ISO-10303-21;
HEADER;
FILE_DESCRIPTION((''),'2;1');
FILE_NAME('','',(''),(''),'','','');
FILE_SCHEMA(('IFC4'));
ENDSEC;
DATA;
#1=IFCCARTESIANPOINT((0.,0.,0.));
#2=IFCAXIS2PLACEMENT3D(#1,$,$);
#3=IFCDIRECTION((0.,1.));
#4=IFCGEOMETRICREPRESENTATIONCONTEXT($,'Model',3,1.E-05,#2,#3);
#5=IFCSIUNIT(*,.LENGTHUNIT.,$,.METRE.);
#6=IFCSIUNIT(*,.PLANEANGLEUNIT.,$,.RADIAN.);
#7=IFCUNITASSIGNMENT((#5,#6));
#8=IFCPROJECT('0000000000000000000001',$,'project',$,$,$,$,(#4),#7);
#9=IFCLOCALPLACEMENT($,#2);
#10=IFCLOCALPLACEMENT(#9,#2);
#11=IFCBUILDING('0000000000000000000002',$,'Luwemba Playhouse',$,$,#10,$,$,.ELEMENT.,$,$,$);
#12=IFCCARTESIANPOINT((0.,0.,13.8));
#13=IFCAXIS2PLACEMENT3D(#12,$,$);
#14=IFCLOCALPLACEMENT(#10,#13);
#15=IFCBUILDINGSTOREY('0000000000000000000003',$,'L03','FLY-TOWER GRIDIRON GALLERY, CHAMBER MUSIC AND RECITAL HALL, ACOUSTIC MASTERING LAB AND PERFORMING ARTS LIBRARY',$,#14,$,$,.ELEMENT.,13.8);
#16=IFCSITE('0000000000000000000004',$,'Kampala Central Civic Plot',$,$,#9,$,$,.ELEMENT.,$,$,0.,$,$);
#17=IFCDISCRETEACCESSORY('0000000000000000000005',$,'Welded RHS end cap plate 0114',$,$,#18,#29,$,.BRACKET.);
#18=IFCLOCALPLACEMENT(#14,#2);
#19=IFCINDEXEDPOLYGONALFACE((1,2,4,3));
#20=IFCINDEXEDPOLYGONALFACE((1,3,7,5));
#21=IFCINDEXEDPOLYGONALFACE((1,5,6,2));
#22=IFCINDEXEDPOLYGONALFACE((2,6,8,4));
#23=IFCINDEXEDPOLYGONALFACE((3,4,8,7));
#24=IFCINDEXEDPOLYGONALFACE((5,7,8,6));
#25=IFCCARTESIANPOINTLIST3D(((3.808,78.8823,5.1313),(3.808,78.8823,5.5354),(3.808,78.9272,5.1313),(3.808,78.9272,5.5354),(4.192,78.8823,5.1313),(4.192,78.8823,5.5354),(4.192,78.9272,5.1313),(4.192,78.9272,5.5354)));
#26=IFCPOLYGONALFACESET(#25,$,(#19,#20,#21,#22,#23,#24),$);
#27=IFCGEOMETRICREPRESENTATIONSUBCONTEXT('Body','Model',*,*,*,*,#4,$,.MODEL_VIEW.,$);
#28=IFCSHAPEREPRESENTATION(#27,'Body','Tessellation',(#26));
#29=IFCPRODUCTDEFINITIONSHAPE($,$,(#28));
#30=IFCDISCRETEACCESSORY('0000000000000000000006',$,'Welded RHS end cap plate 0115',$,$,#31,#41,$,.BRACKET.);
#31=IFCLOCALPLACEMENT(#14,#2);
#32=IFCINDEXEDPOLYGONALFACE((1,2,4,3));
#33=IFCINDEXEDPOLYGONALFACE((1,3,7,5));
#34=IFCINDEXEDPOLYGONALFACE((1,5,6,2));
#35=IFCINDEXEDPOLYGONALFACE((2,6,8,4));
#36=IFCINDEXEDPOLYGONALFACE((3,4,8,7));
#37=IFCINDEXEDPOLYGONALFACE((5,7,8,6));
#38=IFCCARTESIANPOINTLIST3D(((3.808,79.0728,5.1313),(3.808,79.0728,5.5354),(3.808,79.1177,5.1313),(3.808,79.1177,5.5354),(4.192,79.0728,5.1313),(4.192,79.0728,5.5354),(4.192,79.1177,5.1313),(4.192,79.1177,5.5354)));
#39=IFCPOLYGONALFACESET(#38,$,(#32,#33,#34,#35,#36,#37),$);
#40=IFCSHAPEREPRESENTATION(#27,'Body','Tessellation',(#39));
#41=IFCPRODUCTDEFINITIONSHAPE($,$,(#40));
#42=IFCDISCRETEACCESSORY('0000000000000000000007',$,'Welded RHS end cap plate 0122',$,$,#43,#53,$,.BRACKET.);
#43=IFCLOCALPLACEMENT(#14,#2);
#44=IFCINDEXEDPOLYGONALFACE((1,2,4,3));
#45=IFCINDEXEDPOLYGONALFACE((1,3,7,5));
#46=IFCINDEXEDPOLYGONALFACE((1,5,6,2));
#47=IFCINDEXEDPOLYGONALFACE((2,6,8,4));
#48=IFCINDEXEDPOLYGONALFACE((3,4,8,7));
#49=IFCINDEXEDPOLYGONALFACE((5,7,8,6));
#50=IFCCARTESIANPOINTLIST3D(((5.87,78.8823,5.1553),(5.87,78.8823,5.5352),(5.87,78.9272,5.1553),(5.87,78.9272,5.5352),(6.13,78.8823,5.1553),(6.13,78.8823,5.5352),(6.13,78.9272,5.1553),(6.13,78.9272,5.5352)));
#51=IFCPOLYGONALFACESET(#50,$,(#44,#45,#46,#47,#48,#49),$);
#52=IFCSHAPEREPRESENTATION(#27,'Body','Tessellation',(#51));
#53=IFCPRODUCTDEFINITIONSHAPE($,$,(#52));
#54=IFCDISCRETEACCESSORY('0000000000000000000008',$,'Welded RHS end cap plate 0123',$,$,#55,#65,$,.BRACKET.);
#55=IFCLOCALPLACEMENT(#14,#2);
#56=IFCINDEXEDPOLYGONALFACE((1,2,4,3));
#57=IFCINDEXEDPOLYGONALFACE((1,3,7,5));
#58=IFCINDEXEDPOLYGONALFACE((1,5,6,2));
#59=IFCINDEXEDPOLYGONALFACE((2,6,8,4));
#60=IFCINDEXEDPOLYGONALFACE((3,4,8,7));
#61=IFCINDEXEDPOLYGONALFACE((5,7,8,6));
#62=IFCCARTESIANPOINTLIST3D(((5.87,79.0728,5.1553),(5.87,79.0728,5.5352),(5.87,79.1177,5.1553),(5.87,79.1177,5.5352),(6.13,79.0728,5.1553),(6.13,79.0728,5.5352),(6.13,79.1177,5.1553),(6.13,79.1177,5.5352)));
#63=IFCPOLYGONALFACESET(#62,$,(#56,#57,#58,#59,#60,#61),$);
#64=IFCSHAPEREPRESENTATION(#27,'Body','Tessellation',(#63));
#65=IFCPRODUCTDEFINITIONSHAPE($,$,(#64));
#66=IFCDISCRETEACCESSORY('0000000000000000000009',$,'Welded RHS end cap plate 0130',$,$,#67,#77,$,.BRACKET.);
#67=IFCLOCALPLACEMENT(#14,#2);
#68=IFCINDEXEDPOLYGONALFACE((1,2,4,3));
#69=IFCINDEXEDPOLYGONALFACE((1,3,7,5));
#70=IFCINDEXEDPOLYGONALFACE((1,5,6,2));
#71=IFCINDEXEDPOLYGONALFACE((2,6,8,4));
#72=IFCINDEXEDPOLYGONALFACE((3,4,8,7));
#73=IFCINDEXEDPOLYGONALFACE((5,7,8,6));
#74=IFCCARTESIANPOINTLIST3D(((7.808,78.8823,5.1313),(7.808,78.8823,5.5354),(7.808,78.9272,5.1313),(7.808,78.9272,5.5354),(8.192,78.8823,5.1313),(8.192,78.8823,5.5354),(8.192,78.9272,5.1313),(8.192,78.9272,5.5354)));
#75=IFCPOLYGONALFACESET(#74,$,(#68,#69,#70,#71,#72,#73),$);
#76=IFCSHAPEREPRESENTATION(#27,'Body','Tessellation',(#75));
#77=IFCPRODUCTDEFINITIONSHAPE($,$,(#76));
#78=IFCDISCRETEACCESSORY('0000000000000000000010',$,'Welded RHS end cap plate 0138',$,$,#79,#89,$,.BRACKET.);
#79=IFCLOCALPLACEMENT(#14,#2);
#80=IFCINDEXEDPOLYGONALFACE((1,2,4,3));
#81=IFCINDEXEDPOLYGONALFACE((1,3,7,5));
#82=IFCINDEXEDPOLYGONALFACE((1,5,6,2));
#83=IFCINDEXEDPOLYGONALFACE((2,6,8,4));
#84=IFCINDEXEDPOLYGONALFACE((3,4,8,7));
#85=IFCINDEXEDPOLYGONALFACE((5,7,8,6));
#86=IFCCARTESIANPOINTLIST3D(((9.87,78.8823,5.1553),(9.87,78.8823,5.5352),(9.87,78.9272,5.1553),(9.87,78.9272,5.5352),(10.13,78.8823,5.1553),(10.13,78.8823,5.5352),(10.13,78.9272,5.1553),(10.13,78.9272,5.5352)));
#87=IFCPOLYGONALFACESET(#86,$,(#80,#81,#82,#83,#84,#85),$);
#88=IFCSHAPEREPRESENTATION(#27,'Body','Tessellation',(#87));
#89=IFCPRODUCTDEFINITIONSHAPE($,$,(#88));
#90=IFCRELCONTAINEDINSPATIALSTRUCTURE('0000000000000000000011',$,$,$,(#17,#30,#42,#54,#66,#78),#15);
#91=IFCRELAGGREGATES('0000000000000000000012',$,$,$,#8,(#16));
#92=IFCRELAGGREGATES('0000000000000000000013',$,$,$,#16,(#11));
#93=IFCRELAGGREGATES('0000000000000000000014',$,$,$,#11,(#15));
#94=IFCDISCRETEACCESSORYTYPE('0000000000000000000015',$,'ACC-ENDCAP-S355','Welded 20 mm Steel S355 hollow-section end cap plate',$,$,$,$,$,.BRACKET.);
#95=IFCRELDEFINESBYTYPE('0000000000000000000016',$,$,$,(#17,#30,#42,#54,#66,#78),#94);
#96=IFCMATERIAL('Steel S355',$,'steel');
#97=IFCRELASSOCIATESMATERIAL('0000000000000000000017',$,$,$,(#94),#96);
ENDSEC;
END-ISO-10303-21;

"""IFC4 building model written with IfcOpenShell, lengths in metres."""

from ifc_helpers import new_model, si_unit, direction, frame, origin, origin_2d, place, context, subcontext, project, spatial, rectangle, extrude, material, type_object, element, save


model = new_model("IFC4")

# Units and contexts
model_context = context("Model", 3, precision=1e-05, world=origin(), true_north=direction((0.0, 1.0)))
body_context = subcontext(model_context, "Body", "Model", "MODEL_VIEW")
ifc_project = project(units=[si_unit("LENGTHUNIT", "METRE"), si_unit("PLANEANGLEUNIT", "RADIAN")], contexts=[model_context])

# Site, building, storey
site_placement = place(None, origin())
site = spatial("IfcSite", under=ifc_project, at=site_placement, Name="Kampala Central Civic Plot", CompositionType="ELEMENT", RefElevation=0.0)
building_placement = place(site_placement, origin())
building = spatial("IfcBuilding", under=site, at=building_placement, Name="Luwemba Playhouse", CompositionType="ELEMENT")
storey_placement = place(building_placement, frame((0.0, 0.0, 13.8)))
storey = spatial("IfcBuildingStorey", under=building, at=storey_placement, Name="L03", Description="FLY-TOWER GRIDIRON GALLERY, CHAMBER MUSIC AND RECITAL HALL, ACOUSTIC MASTERING LAB AND PERFORMING ARTS LIBRARY", CompositionType="ELEMENT", Elevation=13.8)

# Shared definitions
ifc_material_1 = material(Name="Steel S355", Category="steel")

# Discrete accessories
discrete_accessory_type = type_object("IfcDiscreteAccessoryType", Name="ACC-ENDCAP-S355", Description="Welded 20 mm Steel S355 hollow-section end cap plate", PredefinedType="BRACKET", material=ifc_material_1)
for number, where, z_axis, x_axis, name in (
    (1, (4.0, 78.9048, 5.1313), (0.0, 0.0, 1.0), (1.0, 0.0, 0.0), "Welded RHS end cap plate 0114"),
    (2, (4.0, 79.0952, 5.1313), (0.0, 0.0, 1.0), (1.0, 0.0, 0.0), "Welded RHS end cap plate 0115"),
):
    element("IfcDiscreteAccessory", number, at=place(storey_placement, frame(where, z_axis=z_axis, x_axis=x_axis)), inside=storey, type_object=discrete_accessory_type, Name=name, PredefinedType="BRACKET", context=body_context, shape_type="SweptSolid", body=[
        extrude(rectangle(XDim=0.384, YDim=0.0449, at=origin_2d()), origin(), (0.0, 0.0, 1.0), 0.4041),
    ])
for number, where, z_axis, x_axis, name in (
    (3, (6.0, 78.9048, 5.1553), (0.0, 0.0, 1.0), (1.0, 0.0, 0.0), "Welded RHS end cap plate 0122"),
    (4, (6.0, 79.0952, 5.1553), (0.0, 0.0, 1.0), (1.0, 0.0, 0.0), "Welded RHS end cap plate 0123"),
):
    element("IfcDiscreteAccessory", number, at=place(storey_placement, frame(where, z_axis=z_axis, x_axis=x_axis)), inside=storey, type_object=discrete_accessory_type, Name=name, PredefinedType="BRACKET", context=body_context, shape_type="SweptSolid", body=[
        extrude(rectangle(XDim=0.26, YDim=0.0449, at=origin_2d()), origin(), (0.0, 0.0, 1.0), 0.3799),
    ])
discrete_accessory_1_placement = place(storey_placement, frame((8.0, 78.9048, 5.1313), z_axis=(0.0, 0.0, 1.0), x_axis=(1.0, 0.0, 0.0)))
element("IfcDiscreteAccessory", 5, at=discrete_accessory_1_placement, inside=storey, type_object=discrete_accessory_type, Name="Welded RHS end cap plate 0130", PredefinedType="BRACKET", context=body_context, shape_type="SweptSolid", body=[
    extrude(rectangle(XDim=0.384, YDim=0.0449, at=origin_2d()), origin(), (0.0, 0.0, 1.0), 0.4041),
])
discrete_accessory_2_placement = place(storey_placement, frame((10.0, 78.9048, 5.1553), z_axis=(0.0, 0.0, 1.0), x_axis=(1.0, 0.0, 0.0)))
element("IfcDiscreteAccessory", 6, at=discrete_accessory_2_placement, inside=storey, type_object=discrete_accessory_type, Name="Welded RHS end cap plate 0138", PredefinedType="BRACKET", context=body_context, shape_type="SweptSolid", body=[
    extrude(rectangle(XDim=0.26, YDim=0.0449, at=origin_2d()), origin(), (0.0, 0.0, 1.0), 0.3799),
])

save(model, "model.ifc")
